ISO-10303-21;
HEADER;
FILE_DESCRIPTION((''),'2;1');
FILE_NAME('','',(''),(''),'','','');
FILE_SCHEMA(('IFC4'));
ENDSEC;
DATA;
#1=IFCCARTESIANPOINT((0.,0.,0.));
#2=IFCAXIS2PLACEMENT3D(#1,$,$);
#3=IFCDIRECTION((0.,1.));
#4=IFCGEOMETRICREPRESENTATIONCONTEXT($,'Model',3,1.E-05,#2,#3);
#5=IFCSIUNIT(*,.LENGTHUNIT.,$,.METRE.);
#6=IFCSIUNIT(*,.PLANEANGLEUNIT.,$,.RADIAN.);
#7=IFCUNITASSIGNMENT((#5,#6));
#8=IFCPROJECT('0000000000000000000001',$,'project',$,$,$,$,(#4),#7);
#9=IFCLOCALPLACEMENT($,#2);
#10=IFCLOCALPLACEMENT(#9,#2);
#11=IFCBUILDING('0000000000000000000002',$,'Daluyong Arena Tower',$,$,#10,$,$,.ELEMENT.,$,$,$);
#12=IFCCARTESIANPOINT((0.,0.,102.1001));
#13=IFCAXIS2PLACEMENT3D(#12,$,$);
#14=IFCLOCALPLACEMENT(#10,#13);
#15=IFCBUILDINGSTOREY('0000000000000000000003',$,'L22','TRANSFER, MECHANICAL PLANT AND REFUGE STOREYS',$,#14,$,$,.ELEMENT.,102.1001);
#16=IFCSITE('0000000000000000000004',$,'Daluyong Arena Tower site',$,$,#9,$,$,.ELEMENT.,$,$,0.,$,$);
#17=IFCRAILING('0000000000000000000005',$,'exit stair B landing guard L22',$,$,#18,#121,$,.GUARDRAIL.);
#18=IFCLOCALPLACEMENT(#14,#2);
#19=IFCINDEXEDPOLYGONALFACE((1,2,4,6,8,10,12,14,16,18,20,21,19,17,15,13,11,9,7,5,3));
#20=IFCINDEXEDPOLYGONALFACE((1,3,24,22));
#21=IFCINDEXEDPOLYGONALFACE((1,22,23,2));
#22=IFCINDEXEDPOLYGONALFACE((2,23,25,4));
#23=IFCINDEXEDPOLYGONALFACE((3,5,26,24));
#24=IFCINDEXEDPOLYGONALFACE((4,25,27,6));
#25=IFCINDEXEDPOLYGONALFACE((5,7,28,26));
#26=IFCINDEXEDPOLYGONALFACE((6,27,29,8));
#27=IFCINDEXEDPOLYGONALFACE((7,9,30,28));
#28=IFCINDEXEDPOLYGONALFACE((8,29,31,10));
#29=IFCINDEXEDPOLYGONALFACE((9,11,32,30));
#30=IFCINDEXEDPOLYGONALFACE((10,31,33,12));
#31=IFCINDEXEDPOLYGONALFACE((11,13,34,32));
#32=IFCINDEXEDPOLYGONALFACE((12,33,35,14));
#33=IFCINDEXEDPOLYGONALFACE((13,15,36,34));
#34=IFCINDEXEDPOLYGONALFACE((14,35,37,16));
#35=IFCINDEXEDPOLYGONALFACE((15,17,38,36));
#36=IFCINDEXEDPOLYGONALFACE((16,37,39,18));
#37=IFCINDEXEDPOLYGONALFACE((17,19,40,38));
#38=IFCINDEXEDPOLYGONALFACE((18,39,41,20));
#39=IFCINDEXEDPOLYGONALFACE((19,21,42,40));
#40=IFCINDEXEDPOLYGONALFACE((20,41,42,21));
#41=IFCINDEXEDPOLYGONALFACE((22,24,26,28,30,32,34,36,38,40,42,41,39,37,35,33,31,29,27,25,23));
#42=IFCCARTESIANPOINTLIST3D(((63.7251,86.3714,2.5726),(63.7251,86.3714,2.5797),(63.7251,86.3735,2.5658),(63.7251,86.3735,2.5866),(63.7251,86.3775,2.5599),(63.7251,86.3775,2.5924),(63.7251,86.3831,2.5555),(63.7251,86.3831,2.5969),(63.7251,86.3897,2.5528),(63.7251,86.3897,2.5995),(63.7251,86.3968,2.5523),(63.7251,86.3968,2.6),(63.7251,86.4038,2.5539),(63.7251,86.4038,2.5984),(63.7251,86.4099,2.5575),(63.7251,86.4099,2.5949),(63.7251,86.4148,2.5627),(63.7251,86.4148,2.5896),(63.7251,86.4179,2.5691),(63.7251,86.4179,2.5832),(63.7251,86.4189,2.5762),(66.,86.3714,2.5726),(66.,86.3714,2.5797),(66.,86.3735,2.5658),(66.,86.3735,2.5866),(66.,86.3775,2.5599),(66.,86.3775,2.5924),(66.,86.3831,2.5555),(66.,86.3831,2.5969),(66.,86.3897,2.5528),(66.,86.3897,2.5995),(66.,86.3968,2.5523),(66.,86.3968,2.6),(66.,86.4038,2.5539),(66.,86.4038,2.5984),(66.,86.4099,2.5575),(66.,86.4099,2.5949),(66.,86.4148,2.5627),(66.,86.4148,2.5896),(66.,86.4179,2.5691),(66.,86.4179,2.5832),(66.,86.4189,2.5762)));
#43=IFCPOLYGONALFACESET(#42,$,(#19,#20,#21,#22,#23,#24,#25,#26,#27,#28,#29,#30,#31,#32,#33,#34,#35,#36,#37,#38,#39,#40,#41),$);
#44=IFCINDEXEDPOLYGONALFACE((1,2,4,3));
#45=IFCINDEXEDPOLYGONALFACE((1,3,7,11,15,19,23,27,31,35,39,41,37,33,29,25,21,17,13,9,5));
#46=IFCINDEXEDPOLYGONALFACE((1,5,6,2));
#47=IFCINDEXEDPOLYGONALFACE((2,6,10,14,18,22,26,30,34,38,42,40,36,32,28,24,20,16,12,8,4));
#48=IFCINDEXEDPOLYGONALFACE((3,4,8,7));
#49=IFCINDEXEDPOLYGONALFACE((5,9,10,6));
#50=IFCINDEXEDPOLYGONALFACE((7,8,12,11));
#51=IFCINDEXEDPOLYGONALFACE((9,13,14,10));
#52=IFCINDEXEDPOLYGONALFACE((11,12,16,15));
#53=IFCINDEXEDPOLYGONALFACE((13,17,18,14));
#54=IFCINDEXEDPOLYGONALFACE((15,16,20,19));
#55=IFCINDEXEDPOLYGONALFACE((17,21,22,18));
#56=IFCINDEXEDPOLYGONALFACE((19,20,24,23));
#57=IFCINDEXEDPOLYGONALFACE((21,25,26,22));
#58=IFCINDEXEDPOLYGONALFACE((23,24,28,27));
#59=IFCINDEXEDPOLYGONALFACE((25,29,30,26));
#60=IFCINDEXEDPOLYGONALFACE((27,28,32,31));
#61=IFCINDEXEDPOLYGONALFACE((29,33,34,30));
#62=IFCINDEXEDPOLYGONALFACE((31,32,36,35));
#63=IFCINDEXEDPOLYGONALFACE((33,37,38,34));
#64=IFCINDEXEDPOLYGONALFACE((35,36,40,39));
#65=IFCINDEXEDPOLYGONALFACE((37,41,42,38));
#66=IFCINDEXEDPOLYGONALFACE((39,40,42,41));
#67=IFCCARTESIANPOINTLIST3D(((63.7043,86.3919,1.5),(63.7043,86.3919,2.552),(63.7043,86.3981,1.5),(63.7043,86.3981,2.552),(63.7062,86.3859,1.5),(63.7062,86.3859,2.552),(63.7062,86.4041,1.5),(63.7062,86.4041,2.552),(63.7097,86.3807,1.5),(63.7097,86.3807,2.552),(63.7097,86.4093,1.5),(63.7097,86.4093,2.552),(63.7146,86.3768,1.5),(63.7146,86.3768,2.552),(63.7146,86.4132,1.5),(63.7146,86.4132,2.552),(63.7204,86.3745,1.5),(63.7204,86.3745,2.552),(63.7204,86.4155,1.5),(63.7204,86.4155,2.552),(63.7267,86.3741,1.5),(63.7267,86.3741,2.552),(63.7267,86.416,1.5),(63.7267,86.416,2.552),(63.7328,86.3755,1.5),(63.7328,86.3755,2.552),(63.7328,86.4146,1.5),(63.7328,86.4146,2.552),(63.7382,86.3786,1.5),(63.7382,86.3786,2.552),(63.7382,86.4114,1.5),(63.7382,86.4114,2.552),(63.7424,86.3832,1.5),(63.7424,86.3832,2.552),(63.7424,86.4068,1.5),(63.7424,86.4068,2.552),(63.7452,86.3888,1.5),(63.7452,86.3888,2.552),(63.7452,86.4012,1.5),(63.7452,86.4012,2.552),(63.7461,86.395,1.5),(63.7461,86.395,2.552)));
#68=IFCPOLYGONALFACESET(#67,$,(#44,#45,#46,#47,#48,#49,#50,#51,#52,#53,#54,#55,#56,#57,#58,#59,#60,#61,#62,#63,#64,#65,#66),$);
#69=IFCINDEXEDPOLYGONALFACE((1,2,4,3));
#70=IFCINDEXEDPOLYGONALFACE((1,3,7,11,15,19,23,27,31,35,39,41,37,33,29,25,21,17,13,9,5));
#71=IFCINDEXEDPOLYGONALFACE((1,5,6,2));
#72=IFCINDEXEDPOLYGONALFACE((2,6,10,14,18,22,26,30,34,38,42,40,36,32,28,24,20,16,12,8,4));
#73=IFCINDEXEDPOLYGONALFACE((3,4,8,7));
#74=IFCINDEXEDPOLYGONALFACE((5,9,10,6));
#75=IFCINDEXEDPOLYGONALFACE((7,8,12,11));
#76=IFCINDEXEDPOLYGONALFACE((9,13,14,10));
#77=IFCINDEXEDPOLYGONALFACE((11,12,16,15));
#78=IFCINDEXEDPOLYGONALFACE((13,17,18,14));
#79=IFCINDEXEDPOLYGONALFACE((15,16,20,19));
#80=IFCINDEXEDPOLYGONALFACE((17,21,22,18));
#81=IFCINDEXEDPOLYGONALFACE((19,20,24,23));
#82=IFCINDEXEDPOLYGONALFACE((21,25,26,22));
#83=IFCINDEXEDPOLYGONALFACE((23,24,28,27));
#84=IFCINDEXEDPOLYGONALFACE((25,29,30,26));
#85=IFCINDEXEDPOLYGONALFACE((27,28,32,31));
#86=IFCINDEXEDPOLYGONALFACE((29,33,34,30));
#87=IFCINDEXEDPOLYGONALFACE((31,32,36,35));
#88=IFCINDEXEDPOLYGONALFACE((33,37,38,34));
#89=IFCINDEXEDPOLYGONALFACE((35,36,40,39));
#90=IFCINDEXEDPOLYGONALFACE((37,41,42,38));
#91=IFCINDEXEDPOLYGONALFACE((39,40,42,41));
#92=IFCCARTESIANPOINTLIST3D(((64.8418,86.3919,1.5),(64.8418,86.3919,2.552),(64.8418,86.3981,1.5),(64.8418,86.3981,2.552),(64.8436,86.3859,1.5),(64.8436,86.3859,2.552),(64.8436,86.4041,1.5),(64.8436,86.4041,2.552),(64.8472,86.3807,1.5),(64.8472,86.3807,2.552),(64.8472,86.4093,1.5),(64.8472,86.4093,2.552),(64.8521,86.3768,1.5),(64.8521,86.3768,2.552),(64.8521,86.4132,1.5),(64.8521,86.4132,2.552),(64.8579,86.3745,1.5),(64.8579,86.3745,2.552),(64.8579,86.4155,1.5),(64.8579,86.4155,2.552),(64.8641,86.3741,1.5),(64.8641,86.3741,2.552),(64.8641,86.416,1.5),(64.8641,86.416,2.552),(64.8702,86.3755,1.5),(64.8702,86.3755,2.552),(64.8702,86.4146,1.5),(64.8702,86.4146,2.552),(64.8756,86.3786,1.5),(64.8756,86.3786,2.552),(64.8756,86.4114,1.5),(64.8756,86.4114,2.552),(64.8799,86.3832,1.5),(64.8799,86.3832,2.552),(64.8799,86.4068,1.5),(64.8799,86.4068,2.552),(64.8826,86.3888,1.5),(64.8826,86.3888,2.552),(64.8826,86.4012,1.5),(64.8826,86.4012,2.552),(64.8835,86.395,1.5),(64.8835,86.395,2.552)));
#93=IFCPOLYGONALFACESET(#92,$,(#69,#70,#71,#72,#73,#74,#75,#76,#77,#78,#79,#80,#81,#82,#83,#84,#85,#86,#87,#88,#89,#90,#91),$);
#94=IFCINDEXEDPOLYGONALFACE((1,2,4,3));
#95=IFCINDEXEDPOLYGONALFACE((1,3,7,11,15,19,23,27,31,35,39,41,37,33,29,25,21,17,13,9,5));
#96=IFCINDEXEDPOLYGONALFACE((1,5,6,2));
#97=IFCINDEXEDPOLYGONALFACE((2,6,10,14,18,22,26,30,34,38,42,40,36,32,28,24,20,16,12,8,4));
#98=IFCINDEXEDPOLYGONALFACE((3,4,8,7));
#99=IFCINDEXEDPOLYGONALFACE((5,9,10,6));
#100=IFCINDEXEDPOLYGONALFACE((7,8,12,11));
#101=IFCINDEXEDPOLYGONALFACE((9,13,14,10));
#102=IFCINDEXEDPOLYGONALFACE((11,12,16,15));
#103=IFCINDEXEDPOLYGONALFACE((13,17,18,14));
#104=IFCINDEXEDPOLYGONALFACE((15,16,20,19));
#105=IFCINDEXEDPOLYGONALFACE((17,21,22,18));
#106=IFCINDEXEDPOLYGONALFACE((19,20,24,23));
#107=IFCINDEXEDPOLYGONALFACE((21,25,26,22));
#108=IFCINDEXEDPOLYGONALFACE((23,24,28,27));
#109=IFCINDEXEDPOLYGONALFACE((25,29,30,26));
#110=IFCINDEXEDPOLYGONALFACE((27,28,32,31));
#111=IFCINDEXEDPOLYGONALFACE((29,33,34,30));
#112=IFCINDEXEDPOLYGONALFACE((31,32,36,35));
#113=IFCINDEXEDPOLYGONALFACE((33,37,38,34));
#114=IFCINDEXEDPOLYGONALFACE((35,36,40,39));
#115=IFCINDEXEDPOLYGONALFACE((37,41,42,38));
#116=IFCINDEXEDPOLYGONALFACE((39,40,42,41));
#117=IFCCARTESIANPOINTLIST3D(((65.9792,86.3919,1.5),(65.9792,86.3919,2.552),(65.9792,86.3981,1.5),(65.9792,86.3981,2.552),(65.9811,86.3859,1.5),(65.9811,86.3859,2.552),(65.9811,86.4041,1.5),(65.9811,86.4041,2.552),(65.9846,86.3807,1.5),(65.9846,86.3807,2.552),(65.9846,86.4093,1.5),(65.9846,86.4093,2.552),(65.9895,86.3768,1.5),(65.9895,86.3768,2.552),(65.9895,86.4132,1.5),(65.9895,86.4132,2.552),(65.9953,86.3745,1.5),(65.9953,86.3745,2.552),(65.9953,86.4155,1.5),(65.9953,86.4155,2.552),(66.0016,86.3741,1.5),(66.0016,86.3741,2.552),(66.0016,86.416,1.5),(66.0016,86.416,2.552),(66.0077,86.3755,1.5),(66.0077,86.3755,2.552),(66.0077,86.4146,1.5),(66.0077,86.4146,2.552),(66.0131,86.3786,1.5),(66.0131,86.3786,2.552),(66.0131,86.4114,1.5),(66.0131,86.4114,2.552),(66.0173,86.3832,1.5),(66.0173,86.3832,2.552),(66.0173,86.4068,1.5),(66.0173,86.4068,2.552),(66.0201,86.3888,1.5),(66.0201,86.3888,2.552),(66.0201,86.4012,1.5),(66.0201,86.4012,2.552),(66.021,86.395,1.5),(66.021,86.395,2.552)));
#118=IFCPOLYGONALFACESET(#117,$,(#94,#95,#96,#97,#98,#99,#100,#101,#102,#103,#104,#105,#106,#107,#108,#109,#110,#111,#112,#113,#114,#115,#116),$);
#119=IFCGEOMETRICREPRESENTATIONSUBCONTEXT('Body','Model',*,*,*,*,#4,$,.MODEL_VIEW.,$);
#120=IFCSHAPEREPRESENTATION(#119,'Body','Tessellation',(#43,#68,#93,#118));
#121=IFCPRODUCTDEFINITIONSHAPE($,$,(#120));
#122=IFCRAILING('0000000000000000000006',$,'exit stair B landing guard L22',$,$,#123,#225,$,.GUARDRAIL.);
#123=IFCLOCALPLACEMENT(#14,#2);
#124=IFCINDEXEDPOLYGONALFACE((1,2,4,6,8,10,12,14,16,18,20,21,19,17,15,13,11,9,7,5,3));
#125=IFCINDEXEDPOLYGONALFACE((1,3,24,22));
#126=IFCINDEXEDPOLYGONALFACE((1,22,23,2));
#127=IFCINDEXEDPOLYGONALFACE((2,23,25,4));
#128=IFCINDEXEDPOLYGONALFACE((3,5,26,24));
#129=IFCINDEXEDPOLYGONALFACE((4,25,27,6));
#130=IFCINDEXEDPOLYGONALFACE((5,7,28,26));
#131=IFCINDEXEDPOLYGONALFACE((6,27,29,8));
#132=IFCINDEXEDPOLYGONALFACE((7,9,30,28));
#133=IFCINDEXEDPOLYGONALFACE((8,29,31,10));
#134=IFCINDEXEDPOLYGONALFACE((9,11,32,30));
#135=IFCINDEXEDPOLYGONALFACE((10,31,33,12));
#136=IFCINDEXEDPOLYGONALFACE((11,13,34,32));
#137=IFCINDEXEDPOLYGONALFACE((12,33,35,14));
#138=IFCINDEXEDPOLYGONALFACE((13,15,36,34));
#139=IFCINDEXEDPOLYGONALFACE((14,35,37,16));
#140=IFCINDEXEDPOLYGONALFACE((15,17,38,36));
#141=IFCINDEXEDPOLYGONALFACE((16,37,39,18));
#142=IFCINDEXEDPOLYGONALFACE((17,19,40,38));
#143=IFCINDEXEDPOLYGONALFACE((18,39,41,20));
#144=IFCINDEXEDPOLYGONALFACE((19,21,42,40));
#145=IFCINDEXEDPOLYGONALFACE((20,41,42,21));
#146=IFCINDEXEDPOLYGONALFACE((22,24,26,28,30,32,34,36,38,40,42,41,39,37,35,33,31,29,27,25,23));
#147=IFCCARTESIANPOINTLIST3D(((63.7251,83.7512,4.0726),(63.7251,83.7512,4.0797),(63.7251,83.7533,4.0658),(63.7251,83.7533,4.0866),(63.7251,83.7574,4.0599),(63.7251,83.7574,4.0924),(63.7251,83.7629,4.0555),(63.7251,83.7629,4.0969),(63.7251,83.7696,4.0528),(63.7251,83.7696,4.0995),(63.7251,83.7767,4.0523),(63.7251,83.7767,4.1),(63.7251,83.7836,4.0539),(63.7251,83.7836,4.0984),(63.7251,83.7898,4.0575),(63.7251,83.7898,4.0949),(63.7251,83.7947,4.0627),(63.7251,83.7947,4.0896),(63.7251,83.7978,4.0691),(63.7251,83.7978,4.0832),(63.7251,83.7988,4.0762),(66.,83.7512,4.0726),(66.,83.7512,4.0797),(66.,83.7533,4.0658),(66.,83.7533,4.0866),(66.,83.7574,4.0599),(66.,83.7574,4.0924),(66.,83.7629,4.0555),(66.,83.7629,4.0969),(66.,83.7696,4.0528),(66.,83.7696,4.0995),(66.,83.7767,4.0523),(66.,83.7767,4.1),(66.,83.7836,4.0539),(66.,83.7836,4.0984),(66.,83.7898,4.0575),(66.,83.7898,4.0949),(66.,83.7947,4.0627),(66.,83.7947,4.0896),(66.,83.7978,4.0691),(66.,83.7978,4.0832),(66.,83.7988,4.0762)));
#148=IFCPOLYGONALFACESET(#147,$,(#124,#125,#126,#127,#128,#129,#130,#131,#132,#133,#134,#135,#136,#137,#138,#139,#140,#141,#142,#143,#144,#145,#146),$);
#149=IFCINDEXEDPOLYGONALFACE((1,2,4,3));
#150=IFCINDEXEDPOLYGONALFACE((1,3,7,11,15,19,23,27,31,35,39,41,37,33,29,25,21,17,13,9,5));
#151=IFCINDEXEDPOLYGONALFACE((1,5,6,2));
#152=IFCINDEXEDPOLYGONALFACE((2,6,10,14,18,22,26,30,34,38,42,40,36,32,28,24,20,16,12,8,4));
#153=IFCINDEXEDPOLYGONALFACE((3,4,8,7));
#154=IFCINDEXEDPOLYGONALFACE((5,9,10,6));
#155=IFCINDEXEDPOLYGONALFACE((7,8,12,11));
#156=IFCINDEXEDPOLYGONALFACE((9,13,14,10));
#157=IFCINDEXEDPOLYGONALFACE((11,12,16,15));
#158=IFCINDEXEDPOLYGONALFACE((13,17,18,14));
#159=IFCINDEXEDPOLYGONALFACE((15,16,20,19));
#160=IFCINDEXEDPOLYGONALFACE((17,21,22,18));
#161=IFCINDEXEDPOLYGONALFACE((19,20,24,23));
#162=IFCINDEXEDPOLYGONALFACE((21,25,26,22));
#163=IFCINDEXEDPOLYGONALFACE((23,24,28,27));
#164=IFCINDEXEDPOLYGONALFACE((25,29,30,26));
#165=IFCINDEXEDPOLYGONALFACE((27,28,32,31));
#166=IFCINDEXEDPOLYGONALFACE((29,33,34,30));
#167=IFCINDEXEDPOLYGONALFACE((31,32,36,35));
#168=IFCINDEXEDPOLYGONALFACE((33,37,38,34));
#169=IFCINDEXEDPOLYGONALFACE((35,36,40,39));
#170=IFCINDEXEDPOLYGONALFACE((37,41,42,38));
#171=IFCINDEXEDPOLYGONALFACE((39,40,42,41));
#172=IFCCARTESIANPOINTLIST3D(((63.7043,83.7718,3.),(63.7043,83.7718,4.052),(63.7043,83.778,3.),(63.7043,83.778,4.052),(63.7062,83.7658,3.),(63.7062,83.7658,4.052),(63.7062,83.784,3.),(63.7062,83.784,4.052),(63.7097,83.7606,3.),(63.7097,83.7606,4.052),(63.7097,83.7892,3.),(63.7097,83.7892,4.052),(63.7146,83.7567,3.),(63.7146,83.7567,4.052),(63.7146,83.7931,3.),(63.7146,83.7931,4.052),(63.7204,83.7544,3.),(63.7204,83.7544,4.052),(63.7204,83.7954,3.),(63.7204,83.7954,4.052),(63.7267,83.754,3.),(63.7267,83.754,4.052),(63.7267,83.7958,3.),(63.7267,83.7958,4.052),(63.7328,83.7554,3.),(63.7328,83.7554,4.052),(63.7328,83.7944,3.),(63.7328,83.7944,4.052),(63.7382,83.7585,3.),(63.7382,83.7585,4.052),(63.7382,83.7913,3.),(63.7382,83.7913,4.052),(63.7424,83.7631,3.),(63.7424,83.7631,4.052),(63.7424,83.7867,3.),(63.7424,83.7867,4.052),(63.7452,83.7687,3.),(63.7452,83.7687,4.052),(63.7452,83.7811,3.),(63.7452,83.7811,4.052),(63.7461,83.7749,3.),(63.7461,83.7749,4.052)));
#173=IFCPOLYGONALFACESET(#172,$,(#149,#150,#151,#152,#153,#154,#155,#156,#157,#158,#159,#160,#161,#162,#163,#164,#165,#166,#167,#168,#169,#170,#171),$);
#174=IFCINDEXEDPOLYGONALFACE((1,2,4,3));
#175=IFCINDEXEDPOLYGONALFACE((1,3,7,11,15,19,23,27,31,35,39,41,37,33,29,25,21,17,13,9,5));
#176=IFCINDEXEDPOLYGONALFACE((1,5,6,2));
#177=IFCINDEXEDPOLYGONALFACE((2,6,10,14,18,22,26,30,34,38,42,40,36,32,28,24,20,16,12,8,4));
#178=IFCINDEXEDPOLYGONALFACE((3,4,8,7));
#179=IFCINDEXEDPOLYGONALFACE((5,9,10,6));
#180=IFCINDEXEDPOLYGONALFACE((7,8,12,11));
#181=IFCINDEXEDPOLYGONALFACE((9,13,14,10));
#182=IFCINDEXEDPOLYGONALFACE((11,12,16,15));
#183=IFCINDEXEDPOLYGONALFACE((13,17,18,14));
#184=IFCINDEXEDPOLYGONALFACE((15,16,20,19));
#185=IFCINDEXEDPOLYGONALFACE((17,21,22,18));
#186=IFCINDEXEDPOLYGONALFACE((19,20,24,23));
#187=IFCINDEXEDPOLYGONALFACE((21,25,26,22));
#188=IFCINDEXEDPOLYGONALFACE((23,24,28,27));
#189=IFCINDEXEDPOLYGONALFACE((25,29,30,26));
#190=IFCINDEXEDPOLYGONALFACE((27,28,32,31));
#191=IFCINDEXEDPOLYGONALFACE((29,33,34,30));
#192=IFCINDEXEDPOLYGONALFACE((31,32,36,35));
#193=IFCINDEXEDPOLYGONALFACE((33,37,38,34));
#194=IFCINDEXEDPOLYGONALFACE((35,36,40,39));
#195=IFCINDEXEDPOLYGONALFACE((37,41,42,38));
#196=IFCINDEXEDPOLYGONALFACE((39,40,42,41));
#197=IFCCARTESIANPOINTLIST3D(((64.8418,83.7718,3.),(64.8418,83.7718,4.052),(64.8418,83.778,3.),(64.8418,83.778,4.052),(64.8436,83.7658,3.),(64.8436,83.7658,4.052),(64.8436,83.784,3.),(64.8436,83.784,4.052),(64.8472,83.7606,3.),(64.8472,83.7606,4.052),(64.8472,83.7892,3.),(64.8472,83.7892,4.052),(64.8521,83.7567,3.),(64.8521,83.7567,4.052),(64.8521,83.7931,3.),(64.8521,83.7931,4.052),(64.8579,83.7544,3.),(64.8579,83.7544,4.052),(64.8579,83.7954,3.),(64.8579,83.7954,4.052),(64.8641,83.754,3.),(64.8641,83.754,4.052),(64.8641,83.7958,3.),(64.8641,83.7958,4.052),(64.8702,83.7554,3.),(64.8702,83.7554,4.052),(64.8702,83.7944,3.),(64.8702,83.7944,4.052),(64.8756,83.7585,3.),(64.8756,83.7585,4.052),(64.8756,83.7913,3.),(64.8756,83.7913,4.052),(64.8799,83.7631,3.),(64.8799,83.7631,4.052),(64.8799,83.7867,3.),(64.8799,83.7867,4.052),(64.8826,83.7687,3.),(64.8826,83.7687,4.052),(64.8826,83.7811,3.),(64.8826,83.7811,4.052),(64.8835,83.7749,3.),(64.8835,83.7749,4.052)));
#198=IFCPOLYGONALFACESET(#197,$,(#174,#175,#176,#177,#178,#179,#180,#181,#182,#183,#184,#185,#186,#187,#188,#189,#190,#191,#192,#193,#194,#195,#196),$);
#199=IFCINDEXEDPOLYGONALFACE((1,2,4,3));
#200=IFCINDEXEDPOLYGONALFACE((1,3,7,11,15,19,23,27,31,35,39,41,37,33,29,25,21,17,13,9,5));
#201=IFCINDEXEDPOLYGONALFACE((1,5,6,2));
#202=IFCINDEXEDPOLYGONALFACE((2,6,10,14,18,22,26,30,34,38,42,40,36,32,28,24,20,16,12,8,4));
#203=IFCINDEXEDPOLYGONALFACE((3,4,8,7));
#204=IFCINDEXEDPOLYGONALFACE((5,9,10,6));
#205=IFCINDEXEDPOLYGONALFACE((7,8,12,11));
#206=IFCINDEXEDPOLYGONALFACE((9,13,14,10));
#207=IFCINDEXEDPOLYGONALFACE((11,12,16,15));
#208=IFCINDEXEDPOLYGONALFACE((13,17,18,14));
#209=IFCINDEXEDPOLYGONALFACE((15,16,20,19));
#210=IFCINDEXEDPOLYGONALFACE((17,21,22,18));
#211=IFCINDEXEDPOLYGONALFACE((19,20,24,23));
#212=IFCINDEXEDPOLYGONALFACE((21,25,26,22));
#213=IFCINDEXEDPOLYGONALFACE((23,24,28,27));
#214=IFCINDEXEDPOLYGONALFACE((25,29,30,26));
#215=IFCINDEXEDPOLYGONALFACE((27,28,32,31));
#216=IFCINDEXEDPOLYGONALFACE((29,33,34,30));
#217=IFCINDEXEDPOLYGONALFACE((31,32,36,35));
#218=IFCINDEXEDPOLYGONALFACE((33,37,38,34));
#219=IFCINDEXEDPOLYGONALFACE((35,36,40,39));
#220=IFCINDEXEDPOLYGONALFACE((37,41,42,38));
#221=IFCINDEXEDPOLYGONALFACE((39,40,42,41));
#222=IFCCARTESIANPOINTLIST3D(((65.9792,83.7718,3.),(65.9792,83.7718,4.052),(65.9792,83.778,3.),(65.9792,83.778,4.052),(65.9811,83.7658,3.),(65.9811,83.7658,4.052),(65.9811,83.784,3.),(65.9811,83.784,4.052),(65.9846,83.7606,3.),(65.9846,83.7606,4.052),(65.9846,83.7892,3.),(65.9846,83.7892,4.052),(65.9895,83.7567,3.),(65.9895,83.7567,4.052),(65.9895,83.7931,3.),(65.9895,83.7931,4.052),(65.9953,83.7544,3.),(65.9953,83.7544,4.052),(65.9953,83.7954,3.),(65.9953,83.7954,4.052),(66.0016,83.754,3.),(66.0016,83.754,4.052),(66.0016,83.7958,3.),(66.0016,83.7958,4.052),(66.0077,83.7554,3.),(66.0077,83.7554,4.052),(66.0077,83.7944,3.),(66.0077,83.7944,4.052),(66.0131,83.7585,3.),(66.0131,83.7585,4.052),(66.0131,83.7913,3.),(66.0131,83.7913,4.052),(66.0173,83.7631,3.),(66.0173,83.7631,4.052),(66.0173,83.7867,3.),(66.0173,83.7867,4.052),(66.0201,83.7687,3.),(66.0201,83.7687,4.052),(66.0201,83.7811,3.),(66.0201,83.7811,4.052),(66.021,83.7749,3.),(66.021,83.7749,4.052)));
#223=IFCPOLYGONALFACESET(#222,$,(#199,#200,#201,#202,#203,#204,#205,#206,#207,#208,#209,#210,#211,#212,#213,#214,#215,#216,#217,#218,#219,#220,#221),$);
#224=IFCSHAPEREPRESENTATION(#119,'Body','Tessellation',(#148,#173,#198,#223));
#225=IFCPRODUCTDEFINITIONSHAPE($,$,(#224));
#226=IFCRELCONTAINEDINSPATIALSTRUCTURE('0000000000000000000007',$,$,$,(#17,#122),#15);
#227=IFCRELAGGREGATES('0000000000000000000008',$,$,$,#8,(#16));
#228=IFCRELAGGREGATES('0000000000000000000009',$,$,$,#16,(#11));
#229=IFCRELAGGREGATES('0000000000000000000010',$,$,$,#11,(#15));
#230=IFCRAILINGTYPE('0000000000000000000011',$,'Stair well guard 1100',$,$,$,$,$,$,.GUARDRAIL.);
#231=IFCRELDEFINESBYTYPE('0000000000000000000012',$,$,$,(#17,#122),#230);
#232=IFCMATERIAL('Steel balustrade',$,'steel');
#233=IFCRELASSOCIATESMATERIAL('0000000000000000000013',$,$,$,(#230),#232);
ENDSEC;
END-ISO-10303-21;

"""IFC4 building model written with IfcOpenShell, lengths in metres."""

from ifc_helpers import new_model, si_unit, direction, frame, origin, origin_2d, place, context, subcontext, project, spatial, circle, extrude, material, type_object, element, save


model = new_model("IFC4")

# Units and contexts
model_context = context("Model", 3, precision=1e-05, world=origin(), true_north=direction((0.0, 1.0)))
body_context = subcontext(model_context, "Body", "Model", "MODEL_VIEW")
ifc_project = project(units=[si_unit("LENGTHUNIT", "METRE"), si_unit("PLANEANGLEUNIT", "RADIAN")], contexts=[model_context])

# Site, building, storey
site_placement = place(None, origin())
site = spatial("IfcSite", under=ifc_project, at=site_placement, Name="Daluyong Arena Tower site", CompositionType="ELEMENT", RefElevation=0.0)
building_placement = place(site_placement, origin())
building = spatial("IfcBuilding", under=site, at=building_placement, Name="Daluyong Arena Tower", CompositionType="ELEMENT")
storey_placement = place(building_placement, frame((0.0, 0.0, 102.1001)))
storey = spatial("IfcBuildingStorey", under=building, at=storey_placement, Name="L22", Description="TRANSFER, MECHANICAL PLANT AND REFUGE STOREYS", CompositionType="ELEMENT", Elevation=102.1001)

# Railings
ifc_material_1 = material(Name="Steel balustrade", Category="steel")
railing_type_1 = type_object("IfcRailingType", Name="Stair well guard 1100", PredefinedType="GUARDRAIL", material=ifc_material_1)
for number, where, name in (
    (1, (63.7251, 86.395, 1.5), "exit stair B landing guard L22"),
    (2, (63.7251, 83.7749, 3.0), "exit stair B landing guard L22"),
):
    element("IfcRailing", number, at=place(storey_placement, frame(where)), inside=storey, type_object=railing_type_1, Name=name, PredefinedType="GUARDRAIL", context=body_context, shape_type="SweptSolid", body=[
        extrude(circle(Radius=0.0239, at=origin_2d()), frame((0.0, 0.0, 1.0762), z_axis=(1.0, 0.0, 0.0), x_axis=(0.0, 1.0, 0.0)), (0.0, 0.0, 1.0), 2.2749),
        extrude(circle(Radius=0.021, at=origin_2d()), origin(), (0.0, 0.0, 1.0), 1.052),
        extrude(circle(Radius=0.021, at=origin_2d()), frame((1.1375, 0.0, 0.0)), (0.0, 0.0, 1.0), 1.052),
        extrude(circle(Radius=0.021, at=origin_2d()), frame((2.2749, 0.0, 0.0)), (0.0, 0.0, 1.0), 1.052),
    ])

save(model, "model.ifc")
